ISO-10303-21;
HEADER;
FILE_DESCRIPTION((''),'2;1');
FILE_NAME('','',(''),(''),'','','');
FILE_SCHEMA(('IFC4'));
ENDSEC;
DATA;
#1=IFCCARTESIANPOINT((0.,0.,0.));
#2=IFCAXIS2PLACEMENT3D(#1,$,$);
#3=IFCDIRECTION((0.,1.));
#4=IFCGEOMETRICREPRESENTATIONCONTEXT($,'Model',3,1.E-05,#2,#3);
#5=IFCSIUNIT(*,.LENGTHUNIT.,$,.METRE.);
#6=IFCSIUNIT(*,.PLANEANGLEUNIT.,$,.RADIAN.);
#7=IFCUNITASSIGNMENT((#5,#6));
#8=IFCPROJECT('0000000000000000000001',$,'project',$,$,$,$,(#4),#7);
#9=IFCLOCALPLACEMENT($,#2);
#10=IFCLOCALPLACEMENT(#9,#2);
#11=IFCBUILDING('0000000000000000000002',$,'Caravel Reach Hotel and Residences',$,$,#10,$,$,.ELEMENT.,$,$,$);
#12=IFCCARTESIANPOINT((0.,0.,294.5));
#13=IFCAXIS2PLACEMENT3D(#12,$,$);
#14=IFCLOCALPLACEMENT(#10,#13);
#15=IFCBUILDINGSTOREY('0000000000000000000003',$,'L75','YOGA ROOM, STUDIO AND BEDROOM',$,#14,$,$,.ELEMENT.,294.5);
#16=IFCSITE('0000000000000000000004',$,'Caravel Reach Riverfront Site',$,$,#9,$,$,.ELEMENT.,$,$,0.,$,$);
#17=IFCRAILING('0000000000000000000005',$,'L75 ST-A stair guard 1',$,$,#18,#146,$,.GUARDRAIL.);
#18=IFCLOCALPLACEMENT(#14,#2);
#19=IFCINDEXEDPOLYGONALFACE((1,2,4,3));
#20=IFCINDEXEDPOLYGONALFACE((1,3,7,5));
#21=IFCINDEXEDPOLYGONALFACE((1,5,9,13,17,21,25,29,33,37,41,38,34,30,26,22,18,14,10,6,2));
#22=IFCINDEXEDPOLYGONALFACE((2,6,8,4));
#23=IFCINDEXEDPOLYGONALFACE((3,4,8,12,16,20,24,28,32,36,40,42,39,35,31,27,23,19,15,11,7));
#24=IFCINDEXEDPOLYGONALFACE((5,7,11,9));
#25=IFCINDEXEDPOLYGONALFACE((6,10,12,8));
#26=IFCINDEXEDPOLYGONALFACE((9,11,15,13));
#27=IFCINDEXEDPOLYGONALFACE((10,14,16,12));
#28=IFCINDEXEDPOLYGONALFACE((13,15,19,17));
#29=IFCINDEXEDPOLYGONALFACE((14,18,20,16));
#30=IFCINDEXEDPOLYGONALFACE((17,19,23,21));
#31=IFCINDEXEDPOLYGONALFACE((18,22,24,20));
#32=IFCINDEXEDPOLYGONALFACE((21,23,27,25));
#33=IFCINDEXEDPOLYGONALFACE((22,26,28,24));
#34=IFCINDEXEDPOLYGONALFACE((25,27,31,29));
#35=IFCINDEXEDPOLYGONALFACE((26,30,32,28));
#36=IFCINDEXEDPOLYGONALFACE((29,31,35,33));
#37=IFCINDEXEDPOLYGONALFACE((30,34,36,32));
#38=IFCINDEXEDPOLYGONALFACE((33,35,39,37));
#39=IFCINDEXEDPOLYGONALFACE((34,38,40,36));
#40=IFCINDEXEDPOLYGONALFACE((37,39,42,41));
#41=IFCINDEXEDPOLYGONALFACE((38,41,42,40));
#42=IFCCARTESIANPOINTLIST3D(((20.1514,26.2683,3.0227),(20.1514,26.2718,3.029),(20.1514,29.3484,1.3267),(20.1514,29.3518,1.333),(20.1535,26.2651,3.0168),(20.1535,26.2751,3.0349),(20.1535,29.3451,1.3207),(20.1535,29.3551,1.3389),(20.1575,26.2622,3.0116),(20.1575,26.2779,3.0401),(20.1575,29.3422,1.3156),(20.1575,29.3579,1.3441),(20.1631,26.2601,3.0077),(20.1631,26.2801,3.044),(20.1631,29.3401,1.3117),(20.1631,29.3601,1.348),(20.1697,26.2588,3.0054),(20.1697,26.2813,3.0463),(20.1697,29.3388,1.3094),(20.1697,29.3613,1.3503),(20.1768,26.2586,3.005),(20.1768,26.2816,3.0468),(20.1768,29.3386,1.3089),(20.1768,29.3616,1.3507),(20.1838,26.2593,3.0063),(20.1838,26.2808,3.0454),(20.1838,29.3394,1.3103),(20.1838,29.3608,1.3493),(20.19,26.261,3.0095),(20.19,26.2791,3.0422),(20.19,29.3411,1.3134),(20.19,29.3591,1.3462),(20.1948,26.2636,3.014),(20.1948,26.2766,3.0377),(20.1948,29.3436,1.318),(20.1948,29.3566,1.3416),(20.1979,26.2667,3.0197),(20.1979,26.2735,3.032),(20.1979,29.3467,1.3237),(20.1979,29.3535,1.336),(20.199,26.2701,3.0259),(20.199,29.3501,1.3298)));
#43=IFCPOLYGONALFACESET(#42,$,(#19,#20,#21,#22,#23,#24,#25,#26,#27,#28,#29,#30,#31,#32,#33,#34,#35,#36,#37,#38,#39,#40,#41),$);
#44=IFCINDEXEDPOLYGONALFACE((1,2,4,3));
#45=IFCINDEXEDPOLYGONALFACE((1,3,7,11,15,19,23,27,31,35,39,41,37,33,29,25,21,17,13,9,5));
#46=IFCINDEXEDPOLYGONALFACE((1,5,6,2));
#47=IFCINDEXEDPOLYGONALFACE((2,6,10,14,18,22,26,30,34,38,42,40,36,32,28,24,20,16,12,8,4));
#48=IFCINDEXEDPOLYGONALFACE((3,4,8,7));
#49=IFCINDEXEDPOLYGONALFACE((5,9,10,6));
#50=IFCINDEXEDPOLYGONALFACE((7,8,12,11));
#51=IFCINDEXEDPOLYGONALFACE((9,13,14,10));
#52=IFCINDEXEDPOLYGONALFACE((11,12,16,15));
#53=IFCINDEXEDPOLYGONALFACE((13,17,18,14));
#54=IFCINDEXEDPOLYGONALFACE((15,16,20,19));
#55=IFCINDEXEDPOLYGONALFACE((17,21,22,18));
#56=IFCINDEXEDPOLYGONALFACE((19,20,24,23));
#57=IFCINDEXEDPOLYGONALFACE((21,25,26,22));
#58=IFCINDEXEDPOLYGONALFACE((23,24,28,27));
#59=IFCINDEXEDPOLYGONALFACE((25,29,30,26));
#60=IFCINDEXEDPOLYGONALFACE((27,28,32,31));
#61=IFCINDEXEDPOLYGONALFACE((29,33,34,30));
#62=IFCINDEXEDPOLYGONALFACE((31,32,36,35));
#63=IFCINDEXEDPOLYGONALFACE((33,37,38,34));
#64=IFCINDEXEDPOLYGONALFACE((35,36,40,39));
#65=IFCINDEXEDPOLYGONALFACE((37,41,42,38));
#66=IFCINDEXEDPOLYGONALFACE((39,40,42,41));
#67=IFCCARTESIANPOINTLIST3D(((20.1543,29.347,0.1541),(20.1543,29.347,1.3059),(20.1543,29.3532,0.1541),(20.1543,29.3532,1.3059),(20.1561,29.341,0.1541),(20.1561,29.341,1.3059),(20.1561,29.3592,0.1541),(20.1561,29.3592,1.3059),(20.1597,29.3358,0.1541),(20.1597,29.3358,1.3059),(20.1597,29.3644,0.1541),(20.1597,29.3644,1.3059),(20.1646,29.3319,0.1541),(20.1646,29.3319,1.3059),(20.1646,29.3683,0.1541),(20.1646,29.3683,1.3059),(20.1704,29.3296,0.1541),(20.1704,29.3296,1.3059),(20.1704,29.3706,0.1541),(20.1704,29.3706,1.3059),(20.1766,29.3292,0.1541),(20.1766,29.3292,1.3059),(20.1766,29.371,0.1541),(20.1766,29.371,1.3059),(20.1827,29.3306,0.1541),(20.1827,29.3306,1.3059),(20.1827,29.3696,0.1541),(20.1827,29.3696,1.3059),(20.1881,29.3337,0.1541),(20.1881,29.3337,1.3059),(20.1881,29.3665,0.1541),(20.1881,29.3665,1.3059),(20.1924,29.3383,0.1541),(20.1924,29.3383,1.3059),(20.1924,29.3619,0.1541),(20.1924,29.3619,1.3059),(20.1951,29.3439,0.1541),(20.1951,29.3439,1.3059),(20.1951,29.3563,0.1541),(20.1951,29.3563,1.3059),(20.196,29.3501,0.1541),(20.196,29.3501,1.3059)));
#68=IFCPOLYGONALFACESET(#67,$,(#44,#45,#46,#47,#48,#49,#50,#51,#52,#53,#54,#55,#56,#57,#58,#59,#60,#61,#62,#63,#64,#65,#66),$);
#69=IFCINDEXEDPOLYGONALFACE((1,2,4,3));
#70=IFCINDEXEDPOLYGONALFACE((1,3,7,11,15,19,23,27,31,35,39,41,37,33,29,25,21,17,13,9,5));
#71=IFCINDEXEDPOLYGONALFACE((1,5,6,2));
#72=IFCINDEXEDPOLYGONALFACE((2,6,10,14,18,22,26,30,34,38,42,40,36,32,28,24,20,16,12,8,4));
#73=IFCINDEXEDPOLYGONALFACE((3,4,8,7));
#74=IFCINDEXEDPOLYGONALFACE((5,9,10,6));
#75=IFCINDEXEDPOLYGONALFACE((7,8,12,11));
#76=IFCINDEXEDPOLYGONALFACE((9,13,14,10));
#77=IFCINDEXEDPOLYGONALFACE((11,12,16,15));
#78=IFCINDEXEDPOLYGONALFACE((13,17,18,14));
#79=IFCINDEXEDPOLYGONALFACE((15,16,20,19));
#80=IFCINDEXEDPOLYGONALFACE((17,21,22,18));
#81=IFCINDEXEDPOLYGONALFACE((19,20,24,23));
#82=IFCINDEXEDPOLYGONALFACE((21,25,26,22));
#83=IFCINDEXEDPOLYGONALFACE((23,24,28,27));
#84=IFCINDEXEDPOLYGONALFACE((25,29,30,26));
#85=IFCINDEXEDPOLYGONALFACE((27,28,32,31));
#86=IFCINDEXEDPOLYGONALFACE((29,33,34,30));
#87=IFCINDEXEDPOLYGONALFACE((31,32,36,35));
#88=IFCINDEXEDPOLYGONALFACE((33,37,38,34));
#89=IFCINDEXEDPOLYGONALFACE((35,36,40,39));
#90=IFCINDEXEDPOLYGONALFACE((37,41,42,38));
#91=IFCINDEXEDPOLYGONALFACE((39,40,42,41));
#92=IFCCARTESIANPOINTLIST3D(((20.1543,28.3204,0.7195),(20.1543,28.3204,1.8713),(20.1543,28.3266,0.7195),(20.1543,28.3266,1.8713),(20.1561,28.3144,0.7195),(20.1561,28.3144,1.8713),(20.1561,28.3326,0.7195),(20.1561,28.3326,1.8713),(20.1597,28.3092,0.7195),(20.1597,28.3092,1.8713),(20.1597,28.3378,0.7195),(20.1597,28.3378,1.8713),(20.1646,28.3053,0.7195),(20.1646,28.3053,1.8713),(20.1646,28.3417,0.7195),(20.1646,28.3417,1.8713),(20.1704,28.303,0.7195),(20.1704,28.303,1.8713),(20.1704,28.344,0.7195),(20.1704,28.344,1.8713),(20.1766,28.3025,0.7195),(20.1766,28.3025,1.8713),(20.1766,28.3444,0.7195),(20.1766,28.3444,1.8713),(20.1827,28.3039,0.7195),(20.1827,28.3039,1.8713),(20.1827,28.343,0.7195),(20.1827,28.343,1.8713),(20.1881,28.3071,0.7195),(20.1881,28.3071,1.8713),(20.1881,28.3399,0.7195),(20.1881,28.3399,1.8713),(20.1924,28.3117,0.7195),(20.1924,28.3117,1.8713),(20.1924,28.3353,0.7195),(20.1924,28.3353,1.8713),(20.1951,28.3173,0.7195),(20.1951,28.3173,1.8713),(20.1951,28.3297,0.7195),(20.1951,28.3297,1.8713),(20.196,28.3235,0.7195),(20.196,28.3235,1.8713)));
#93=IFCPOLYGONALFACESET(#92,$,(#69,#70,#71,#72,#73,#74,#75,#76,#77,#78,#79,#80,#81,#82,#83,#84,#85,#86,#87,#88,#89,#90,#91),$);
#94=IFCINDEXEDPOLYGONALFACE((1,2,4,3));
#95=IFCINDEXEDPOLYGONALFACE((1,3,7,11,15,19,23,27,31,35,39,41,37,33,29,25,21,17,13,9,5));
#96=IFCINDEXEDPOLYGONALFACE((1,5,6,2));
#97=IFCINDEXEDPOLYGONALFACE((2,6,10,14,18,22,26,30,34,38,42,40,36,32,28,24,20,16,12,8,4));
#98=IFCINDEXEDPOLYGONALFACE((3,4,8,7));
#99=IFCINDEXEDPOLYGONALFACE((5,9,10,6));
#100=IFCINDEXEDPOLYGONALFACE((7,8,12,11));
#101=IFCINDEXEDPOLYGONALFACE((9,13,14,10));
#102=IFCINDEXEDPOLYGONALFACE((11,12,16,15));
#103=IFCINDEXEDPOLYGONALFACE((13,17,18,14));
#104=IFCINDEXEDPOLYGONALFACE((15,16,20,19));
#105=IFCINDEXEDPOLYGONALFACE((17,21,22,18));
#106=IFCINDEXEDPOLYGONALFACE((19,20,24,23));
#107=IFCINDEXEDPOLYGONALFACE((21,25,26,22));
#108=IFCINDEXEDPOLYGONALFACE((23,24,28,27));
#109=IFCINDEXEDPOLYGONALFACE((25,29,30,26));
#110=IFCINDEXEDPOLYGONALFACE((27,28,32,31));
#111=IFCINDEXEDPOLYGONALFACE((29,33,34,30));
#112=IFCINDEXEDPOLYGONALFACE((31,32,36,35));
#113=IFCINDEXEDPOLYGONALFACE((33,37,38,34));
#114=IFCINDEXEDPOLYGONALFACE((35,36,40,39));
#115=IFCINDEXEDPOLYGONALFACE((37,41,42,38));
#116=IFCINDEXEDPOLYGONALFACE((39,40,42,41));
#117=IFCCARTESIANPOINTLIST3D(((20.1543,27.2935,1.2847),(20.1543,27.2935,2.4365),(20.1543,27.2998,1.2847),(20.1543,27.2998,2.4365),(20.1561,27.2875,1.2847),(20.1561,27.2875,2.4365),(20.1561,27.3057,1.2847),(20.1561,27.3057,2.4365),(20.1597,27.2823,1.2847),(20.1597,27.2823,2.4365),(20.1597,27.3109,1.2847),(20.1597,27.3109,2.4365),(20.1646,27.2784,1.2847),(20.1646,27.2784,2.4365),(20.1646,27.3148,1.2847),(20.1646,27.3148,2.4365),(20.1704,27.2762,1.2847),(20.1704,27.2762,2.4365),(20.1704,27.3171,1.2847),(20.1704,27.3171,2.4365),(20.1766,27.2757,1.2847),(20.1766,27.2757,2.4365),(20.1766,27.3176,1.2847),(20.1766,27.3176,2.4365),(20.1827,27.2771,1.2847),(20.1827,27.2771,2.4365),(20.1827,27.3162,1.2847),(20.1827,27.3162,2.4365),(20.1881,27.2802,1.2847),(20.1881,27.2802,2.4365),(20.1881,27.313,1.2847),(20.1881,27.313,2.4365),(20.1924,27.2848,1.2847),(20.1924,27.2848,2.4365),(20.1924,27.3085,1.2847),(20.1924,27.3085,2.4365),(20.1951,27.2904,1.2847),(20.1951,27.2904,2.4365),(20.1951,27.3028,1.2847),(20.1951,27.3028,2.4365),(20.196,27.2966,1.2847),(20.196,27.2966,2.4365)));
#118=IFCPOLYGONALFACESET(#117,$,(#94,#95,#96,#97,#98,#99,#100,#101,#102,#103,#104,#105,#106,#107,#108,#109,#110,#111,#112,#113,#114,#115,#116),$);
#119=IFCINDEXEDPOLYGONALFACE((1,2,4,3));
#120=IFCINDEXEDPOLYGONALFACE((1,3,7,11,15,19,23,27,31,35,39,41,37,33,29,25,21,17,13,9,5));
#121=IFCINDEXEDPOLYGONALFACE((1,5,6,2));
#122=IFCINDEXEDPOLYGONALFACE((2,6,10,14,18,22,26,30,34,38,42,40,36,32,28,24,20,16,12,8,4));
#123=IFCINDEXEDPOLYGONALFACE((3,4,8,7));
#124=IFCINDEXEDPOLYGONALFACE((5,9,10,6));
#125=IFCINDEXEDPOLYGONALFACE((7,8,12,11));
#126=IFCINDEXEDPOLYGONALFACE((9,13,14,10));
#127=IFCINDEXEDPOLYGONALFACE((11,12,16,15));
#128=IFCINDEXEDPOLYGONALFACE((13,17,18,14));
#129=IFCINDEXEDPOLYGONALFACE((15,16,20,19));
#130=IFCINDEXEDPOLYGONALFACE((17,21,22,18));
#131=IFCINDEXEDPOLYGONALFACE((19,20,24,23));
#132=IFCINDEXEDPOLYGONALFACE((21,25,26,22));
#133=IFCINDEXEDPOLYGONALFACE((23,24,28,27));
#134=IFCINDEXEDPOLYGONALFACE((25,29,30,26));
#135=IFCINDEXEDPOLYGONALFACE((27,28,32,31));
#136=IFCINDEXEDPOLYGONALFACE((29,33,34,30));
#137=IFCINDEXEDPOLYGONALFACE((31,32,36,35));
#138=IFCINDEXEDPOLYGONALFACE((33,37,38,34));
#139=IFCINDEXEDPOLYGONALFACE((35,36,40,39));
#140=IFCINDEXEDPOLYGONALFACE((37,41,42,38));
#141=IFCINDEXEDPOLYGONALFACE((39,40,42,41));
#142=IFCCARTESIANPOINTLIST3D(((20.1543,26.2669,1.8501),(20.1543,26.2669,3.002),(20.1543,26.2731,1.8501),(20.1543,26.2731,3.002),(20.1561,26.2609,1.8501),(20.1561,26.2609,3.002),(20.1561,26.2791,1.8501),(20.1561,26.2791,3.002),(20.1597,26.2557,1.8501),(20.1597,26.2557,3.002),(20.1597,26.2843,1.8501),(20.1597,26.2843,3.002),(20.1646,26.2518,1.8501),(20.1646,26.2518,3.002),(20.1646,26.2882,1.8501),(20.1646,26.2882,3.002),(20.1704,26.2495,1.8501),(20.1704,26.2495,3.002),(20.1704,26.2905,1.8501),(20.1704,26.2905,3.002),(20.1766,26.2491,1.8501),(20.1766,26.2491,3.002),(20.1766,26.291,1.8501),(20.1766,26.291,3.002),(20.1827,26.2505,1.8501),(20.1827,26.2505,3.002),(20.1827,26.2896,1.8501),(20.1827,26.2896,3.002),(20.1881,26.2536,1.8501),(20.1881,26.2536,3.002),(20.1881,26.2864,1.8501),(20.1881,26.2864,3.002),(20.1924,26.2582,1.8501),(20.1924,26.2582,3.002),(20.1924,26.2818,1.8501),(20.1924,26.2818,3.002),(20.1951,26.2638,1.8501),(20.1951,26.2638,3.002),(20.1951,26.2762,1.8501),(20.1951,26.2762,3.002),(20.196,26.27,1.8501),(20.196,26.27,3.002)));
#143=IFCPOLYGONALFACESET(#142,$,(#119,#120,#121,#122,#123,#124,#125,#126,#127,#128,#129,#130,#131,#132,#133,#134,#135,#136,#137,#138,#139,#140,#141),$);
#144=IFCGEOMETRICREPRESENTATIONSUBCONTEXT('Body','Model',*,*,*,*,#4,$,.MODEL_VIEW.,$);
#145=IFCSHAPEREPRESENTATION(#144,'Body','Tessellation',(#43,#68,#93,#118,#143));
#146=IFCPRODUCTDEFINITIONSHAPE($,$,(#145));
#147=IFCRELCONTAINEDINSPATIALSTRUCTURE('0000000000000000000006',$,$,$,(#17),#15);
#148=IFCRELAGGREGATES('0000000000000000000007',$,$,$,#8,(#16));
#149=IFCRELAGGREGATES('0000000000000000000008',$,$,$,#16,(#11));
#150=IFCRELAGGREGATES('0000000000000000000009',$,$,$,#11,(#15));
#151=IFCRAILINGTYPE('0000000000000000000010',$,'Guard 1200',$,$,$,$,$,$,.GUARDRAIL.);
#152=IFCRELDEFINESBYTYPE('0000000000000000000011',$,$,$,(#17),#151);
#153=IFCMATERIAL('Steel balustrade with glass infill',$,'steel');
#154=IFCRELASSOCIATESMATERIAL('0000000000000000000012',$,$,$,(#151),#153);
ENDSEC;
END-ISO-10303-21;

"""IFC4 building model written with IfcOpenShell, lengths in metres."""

from ifc_helpers import new_model, si_unit, direction, frame, origin, origin_2d, place, context, subcontext, project, spatial, circle, extrude, material, type_object, element, save


model = new_model("IFC4")

# Units and contexts
model_context = context("Model", 3, precision=1e-05, world=origin(), true_north=direction((0.0, 1.0)))
body_context = subcontext(model_context, "Body", "Model", "MODEL_VIEW")
ifc_project = project(units=[si_unit("LENGTHUNIT", "METRE"), si_unit("PLANEANGLEUNIT", "RADIAN")], contexts=[model_context])

# Site, building, storey
site_placement = place(None, origin())
site = spatial("IfcSite", under=ifc_project, at=site_placement, Name="Caravel Reach Riverfront Site", CompositionType="ELEMENT", RefElevation=0.0)
building_placement = place(site_placement, origin())
building = spatial("IfcBuilding", under=site, at=building_placement, Name="Caravel Reach Hotel and Residences", CompositionType="ELEMENT")
storey_placement = place(building_placement, frame((0.0, 0.0, 294.5)))
storey = spatial("IfcBuildingStorey", under=building, at=storey_placement, Name="L75", Description="YOGA ROOM, STUDIO AND BEDROOM", CompositionType="ELEMENT", Elevation=294.5)

# Railing
ifc_material_1 = material(Name="Steel balustrade with glass infill", Category="steel")
railing_type_1 = type_object("IfcRailingType", Name="Guard 1200", PredefinedType="GUARDRAIL", material=ifc_material_1)
railing_1_placement = place(storey_placement, frame((20.175, 29.3501, 0.1541)))
element("IfcRailing", 1, at=railing_1_placement, inside=storey, type_object=railing_type_1, Name="L75 ST-A stair guard 1", PredefinedType="GUARDRAIL", context=body_context, shape_type="SweptSolid", body=[
    extrude(circle(Radius=0.0239, at=origin_2d()), frame((0.0, 0.0, 1.1758), z_axis=(0.0, -0.875975, 0.482356), x_axis=(1.0, 0.0, 0.0)), (0.0, 0.0, 1.0), 3.5161),
    extrude(circle(Radius=0.021, at=origin_2d()), origin(), (0.0, 0.0, 1.0), 1.1519),
    extrude(circle(Radius=0.021, at=origin_2d()), frame((0.0, -1.0266, 0.5654)), (0.0, 0.0, 1.0), 1.1519),
    extrude(circle(Radius=0.021, at=origin_2d()), frame((0.0, -2.0535, 1.1306)), (0.0, 0.0, 1.0), 1.1519),
    extrude(circle(Radius=0.021, at=origin_2d()), frame((0.0, -3.0801, 1.696)), (0.0, 0.0, 1.0), 1.1519),
])

save(model, "model.ifc")
